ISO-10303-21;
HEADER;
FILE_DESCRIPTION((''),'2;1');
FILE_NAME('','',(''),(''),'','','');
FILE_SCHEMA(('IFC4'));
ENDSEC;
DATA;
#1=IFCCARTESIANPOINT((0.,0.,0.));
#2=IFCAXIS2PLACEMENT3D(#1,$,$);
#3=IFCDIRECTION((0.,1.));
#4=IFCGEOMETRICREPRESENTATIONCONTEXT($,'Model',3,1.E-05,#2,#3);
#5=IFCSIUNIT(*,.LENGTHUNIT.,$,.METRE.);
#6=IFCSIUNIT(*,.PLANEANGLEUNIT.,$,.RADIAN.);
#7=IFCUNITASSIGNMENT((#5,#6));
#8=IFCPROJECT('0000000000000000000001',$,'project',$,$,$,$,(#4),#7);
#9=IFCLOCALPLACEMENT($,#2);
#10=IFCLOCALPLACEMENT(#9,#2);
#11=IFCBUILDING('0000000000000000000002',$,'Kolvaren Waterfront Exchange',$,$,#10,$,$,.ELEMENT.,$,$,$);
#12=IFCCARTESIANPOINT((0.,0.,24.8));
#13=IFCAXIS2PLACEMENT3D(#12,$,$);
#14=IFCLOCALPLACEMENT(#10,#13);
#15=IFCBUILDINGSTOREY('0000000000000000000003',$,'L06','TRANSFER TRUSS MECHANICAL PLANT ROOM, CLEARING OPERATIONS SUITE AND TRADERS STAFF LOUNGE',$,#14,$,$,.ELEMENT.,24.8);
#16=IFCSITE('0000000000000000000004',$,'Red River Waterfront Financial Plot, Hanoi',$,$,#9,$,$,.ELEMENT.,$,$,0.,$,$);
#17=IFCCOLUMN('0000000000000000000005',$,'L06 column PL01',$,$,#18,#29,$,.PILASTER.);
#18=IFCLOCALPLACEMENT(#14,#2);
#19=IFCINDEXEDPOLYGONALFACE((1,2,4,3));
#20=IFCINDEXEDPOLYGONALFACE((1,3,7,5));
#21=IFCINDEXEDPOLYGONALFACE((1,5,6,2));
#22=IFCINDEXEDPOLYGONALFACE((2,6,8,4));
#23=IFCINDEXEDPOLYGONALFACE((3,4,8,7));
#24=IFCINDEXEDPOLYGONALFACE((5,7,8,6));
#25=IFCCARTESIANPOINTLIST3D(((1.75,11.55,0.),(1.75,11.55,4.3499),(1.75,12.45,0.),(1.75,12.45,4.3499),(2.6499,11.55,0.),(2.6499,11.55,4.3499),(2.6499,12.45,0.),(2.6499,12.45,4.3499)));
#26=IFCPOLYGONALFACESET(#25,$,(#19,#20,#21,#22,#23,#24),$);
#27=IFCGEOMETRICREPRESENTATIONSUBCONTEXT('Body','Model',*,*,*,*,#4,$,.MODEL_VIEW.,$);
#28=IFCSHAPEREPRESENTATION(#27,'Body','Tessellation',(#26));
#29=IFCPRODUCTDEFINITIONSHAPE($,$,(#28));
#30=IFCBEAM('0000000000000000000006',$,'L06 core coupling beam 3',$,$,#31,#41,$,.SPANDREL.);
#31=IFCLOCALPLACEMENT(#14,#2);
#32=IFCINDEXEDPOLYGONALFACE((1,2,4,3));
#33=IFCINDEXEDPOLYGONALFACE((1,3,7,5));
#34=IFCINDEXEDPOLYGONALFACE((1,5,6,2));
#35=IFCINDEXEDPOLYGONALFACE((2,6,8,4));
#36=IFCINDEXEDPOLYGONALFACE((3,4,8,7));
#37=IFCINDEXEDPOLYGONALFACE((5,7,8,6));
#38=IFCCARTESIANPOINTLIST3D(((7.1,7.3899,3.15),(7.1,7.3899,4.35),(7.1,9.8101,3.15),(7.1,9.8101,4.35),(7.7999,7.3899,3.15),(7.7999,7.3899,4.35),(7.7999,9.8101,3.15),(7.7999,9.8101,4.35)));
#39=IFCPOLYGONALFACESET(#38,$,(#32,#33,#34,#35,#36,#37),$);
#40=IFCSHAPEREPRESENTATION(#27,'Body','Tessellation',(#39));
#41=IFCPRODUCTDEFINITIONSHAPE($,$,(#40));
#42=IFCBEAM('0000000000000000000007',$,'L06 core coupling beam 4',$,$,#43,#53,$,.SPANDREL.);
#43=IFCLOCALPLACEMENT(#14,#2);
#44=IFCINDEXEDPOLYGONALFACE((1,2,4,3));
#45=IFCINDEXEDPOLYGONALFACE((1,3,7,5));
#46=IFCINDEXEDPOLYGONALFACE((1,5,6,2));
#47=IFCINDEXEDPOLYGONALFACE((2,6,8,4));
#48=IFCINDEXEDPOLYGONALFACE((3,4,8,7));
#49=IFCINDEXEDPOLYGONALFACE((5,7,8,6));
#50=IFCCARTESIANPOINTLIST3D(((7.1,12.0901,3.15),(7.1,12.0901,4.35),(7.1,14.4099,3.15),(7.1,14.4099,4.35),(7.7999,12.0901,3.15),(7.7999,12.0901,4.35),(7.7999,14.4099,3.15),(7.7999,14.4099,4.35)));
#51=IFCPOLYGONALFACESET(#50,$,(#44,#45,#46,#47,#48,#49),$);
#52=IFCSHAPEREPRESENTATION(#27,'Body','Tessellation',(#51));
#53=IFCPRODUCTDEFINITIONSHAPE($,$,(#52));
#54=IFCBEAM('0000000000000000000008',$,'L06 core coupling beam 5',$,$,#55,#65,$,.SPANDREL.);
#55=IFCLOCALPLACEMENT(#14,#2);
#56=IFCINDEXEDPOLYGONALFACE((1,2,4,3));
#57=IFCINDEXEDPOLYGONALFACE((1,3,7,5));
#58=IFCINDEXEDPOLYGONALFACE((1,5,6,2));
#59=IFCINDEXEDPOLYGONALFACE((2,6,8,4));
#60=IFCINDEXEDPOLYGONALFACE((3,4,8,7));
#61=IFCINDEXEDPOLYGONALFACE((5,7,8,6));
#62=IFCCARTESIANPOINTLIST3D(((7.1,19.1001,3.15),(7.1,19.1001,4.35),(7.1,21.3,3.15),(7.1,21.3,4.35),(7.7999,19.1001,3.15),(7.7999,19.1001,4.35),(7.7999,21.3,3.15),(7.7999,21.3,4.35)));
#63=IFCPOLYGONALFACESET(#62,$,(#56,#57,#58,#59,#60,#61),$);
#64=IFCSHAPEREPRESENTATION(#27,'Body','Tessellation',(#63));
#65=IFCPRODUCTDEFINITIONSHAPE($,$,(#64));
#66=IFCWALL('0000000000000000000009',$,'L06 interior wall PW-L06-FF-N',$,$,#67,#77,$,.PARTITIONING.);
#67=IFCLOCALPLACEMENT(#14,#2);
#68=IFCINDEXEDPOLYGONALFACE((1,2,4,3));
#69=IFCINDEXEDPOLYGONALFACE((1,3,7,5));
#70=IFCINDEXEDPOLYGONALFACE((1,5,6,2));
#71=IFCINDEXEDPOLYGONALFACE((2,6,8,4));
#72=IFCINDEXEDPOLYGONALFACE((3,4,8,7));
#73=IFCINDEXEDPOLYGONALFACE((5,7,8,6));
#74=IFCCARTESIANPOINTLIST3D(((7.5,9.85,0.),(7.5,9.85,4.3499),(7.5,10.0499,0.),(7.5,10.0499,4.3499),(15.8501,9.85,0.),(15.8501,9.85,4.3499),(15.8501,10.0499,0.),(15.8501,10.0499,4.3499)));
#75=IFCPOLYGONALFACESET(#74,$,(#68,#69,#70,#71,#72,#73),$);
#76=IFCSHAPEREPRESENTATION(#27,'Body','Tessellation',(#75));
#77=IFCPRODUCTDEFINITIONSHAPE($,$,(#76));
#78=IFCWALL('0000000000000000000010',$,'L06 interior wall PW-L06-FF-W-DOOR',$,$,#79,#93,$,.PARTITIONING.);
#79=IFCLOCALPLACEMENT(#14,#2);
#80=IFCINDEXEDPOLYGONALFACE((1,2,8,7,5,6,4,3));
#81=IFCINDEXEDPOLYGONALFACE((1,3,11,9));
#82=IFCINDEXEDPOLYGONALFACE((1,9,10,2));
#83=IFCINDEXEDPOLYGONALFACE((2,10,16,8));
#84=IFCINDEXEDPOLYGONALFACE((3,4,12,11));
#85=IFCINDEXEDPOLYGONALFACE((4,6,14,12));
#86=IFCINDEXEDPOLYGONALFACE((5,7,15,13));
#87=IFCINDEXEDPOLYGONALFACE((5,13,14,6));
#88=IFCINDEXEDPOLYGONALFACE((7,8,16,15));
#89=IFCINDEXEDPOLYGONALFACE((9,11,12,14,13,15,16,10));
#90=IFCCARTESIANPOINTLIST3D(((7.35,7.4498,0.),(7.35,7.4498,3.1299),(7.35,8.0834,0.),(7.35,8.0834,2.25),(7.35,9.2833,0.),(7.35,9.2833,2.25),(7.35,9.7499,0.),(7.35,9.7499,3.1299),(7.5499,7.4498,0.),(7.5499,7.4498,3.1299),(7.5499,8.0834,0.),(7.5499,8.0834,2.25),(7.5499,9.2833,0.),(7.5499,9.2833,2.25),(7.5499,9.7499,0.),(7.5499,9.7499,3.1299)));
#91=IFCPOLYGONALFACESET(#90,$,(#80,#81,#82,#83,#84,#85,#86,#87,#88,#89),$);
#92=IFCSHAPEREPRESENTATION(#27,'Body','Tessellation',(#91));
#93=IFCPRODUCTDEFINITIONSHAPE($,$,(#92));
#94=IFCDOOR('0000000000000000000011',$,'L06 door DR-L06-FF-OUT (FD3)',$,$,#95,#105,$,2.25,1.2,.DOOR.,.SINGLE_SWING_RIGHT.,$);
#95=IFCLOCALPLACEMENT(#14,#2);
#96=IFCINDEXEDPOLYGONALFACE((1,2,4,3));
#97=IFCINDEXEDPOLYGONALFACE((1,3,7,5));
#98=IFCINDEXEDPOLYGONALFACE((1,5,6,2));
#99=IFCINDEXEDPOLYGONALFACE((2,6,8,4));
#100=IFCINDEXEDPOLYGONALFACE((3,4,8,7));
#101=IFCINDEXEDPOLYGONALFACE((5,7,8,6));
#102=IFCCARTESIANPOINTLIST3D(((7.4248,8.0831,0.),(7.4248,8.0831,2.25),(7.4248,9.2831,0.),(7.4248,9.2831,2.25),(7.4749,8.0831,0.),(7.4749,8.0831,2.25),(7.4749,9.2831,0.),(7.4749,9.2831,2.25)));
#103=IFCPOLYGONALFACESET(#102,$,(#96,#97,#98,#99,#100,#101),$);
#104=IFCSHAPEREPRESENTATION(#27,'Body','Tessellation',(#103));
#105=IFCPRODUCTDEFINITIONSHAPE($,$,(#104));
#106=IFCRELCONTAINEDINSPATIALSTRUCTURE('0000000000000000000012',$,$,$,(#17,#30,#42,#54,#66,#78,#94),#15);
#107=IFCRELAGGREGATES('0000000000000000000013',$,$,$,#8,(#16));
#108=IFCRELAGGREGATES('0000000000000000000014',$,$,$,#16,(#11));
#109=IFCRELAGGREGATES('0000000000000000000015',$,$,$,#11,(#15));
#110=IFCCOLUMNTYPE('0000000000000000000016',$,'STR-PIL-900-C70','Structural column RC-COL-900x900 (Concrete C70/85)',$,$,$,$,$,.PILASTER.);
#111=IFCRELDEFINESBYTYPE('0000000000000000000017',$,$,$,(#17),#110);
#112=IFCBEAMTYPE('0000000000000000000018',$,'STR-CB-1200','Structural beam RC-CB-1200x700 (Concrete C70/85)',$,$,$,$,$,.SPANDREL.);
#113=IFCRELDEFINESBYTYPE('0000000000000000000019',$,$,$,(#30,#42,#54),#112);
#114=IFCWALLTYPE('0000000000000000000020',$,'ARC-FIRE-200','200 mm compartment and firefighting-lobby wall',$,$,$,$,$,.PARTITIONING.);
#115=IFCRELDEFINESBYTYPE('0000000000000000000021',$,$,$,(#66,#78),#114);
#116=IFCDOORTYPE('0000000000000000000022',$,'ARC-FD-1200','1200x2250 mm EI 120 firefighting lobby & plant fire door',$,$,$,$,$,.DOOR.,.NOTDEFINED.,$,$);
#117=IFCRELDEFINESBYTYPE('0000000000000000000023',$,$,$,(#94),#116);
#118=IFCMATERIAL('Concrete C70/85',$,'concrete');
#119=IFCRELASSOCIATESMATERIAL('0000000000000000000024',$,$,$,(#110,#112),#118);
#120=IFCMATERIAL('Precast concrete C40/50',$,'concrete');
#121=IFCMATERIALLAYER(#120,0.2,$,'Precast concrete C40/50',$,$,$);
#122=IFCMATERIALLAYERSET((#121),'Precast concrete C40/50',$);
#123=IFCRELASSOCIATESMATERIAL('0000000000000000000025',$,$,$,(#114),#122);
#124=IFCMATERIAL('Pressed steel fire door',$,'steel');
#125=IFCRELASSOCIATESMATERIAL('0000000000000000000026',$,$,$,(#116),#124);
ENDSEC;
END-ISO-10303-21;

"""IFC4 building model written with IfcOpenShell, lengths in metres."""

from ifc_helpers import new_model, si_unit, direction, frame, frame_2d, origin, origin_2d, place, context, subcontext, project, spatial, rectangle, extrude, material, layer, layer_set, material_profile, profile_set, type_object, element, fill, save


model = new_model("IFC4")

# Units and contexts
model_context = context("Model", 3, precision=1e-05, world=origin(), true_north=direction((0.0, 1.0)))
body_context = subcontext(model_context, "Body", "Model", "MODEL_VIEW")
ifc_project = project(units=[si_unit("LENGTHUNIT", "METRE"), si_unit("PLANEANGLEUNIT", "RADIAN")], contexts=[model_context])

# Site, building, storey
site_placement = place(None, origin())
site = spatial("IfcSite", under=ifc_project, at=site_placement, Name="Red River Waterfront Financial Plot, Hanoi", CompositionType="ELEMENT", RefElevation=0.0)
building_placement = place(site_placement, origin())
building = spatial("IfcBuilding", under=site, at=building_placement, Name="Kolvaren Waterfront Exchange", CompositionType="ELEMENT")
storey_placement = place(building_placement, frame((0.0, 0.0, 24.8)))
storey = spatial("IfcBuildingStorey", under=building, at=storey_placement, Name="L06", Description="TRANSFER TRUSS MECHANICAL PLANT ROOM, CLEARING OPERATIONS SUITE AND TRADERS STAFF LOUNGE", CompositionType="ELEMENT", Elevation=24.8)

# Column
ifc_material_1 = material(Name="Concrete C70/85", Category="concrete")
ifc_material_profile_1 = material_profile(ifc_material_1, rectangle(XDim=0.8999, YDim=0.8999, at=origin_2d()), Name="RC-COL-900x900")
ifc_profile_set_1 = profile_set([ifc_material_profile_1], Name="Concrete C70/85")
column_type = type_object("IfcColumnType", Name="STR-PIL-900-C70", Description="Structural column RC-COL-900x900 (Concrete C70/85)", PredefinedType="PILASTER", material=ifc_profile_set_1)
column_placement = place(storey_placement, frame((2.2, 12.0, 0.0), z_axis=(0.0, 0.0, 1.0), x_axis=(1.0, 0.0, 0.0)))
element("IfcColumn", 1, at=column_placement, inside=storey, type_object=column_type, Name="L06 column PL01", PredefinedType="PILASTER", context=body_context, shape_type="SweptSolid", body=[
    extrude(rectangle(XDim=0.8999, YDim=0.8999, at=origin_2d()), origin(), (0.0, 0.0, 1.0), 4.3499),
])

# Beams
ifc_material_profile_2 = material_profile(ifc_material_1, rectangle(XDim=0.7, YDim=1.2, at=origin_2d()), Name="RC-CB-1200x700")
ifc_profile_set_2 = profile_set([ifc_material_profile_2], Name="Concrete C70/85")
beam_type = type_object("IfcBeamType", Name="STR-CB-1200", Description="Structural beam RC-CB-1200x700 (Concrete C70/85)", PredefinedType="SPANDREL", material=ifc_profile_set_2)
beam_1_placement = place(storey_placement, frame((7.45, 7.3899, 3.75), z_axis=(0.0, 1.0, 0.0), x_axis=(-1.0, 0.0, 0.0)))
element("IfcBeam", 2, at=beam_1_placement, inside=storey, type_object=beam_type, Name="L06 core coupling beam 3", PredefinedType="SPANDREL", context=body_context, shape_type="SweptSolid", body=[
    extrude(rectangle(XDim=0.7, YDim=1.2, at=origin_2d()), origin(), (0.0, 0.0, 1.0), 2.4202),
])
beam_2_placement = place(storey_placement, frame((7.45, 12.0901, 3.75), z_axis=(0.0, 1.0, 0.0), x_axis=(-1.0, 0.0, 0.0)))
element("IfcBeam", 3, at=beam_2_placement, inside=storey, type_object=beam_type, Name="L06 core coupling beam 4", PredefinedType="SPANDREL", context=body_context, shape_type="SweptSolid", body=[
    extrude(rectangle(XDim=0.7, YDim=1.2, at=origin_2d()), origin(), (0.0, 0.0, 1.0), 2.3198),
])
beam_3_placement = place(storey_placement, frame((7.45, 19.1001, 3.75), z_axis=(0.0, 1.0, 0.0), x_axis=(-1.0, 0.0, 0.0)))
element("IfcBeam", 4, at=beam_3_placement, inside=storey, type_object=beam_type, Name="L06 core coupling beam 5", PredefinedType="SPANDREL", context=body_context, shape_type="SweptSolid", body=[
    extrude(rectangle(XDim=0.7, YDim=1.2, at=origin_2d()), origin(), (0.0, 0.0, 1.0), 2.2),
])

# Wall
ifc_material_2 = material(Name="Precast concrete C40/50", Category="concrete")
ifc_layer_1 = layer(ifc_material_2, 0.2, Name="Precast concrete C40/50")
ifc_layer_set_1 = layer_set([ifc_layer_1], Name="Precast concrete C40/50")
wall_type_1 = type_object("IfcWallType", Name="ARC-FIRE-200", Description="200 mm compartment and firefighting-lobby wall", PredefinedType="PARTITIONING", material=ifc_layer_set_1)
wall_1_placement = place(storey_placement, frame((7.5, 9.95, 0.0), z_axis=(0.0, 0.0, 1.0), x_axis=(1.0, 0.0, 0.0)))
element("IfcWall", 5, at=wall_1_placement, inside=storey, type_object=wall_type_1, Name="L06 interior wall PW-L06-FF-N", PredefinedType="PARTITIONING", context=body_context, shape_type="SweptSolid", body=[
    extrude(rectangle(XDim=8.3501, YDim=0.2, at=frame_2d((4.175, 0.0))), origin(), (0.0, 0.0, 1.0), 4.3499),
])

# Wall, opening, door
wall_2_placement = place(storey_placement, frame((7.45, 7.45, 0.0), z_axis=(0.0, 0.0, 1.0), x_axis=(0.0, 1.0, 0.0)))
wall_2 = element("IfcWall", 6, at=wall_2_placement, inside=storey, type_object=wall_type_1, Name="L06 interior wall PW-L06-FF-W-DOOR", PredefinedType="PARTITIONING", context=body_context, shape_type="SweptSolid", body=[
    extrude(rectangle(XDim=2.3, YDim=0.2, at=frame_2d((1.1499, 0.0))), origin(), (0.0, 0.0, 1.0), 3.1299),
])
opening_1_placement = place(wall_2_placement, frame((0.6333, 0.0, 0.0)))
opening_1 = element("IfcOpeningElement", 7, at=opening_1_placement, cuts=wall_2, PredefinedType="OPENING", context=body_context, shape_type="SweptSolid", body=[
    extrude(rectangle(XDim=1.2, YDim=2.25, at=frame_2d((0.6001, 1.125))), frame((0.0, 0.1099, 0.0), z_axis=(0.0, -1.0, 0.0), x_axis=(1.0, 0.0, 0.0)), (0.0, 0.0, 1.0), 0.22),
])
ifc_material_3 = material(Name="Pressed steel fire door", Category="steel")
door_type_1 = type_object("IfcDoorType", Name="ARC-FD-1200", Description="1200x2250 mm EI 120 firefighting lobby & plant fire door", OperationType="NOTDEFINED", PredefinedType="DOOR", material=ifc_material_3)
door_1_placement = place(opening_1_placement, frame((1.2, 0.0, 0.0), z_axis=(0.0, 0.0, 1.0), x_axis=(-1.0, 0.0, 0.0)))
door_1 = element("IfcDoor", 8, at=door_1_placement, inside=storey, type_object=door_type_1, Name="L06 door DR-L06-FF-OUT (FD3)", OperationType="SINGLE_SWING_RIGHT", OverallHeight=2.25, OverallWidth=1.2, PredefinedType="DOOR", context=body_context, shape_type="SweptSolid", body=[
    extrude(rectangle(XDim=1.2, YDim=2.25, at=frame_2d((0.6001, 1.125))), frame((0.0, 0.0249, 0.0), z_axis=(0.0, -1.0, 0.0), x_axis=(1.0, 0.0, 0.0)), (0.0, 0.0, 1.0), 0.05),
])
fill(opening_1, door_1)

save(model, "model.ifc")
